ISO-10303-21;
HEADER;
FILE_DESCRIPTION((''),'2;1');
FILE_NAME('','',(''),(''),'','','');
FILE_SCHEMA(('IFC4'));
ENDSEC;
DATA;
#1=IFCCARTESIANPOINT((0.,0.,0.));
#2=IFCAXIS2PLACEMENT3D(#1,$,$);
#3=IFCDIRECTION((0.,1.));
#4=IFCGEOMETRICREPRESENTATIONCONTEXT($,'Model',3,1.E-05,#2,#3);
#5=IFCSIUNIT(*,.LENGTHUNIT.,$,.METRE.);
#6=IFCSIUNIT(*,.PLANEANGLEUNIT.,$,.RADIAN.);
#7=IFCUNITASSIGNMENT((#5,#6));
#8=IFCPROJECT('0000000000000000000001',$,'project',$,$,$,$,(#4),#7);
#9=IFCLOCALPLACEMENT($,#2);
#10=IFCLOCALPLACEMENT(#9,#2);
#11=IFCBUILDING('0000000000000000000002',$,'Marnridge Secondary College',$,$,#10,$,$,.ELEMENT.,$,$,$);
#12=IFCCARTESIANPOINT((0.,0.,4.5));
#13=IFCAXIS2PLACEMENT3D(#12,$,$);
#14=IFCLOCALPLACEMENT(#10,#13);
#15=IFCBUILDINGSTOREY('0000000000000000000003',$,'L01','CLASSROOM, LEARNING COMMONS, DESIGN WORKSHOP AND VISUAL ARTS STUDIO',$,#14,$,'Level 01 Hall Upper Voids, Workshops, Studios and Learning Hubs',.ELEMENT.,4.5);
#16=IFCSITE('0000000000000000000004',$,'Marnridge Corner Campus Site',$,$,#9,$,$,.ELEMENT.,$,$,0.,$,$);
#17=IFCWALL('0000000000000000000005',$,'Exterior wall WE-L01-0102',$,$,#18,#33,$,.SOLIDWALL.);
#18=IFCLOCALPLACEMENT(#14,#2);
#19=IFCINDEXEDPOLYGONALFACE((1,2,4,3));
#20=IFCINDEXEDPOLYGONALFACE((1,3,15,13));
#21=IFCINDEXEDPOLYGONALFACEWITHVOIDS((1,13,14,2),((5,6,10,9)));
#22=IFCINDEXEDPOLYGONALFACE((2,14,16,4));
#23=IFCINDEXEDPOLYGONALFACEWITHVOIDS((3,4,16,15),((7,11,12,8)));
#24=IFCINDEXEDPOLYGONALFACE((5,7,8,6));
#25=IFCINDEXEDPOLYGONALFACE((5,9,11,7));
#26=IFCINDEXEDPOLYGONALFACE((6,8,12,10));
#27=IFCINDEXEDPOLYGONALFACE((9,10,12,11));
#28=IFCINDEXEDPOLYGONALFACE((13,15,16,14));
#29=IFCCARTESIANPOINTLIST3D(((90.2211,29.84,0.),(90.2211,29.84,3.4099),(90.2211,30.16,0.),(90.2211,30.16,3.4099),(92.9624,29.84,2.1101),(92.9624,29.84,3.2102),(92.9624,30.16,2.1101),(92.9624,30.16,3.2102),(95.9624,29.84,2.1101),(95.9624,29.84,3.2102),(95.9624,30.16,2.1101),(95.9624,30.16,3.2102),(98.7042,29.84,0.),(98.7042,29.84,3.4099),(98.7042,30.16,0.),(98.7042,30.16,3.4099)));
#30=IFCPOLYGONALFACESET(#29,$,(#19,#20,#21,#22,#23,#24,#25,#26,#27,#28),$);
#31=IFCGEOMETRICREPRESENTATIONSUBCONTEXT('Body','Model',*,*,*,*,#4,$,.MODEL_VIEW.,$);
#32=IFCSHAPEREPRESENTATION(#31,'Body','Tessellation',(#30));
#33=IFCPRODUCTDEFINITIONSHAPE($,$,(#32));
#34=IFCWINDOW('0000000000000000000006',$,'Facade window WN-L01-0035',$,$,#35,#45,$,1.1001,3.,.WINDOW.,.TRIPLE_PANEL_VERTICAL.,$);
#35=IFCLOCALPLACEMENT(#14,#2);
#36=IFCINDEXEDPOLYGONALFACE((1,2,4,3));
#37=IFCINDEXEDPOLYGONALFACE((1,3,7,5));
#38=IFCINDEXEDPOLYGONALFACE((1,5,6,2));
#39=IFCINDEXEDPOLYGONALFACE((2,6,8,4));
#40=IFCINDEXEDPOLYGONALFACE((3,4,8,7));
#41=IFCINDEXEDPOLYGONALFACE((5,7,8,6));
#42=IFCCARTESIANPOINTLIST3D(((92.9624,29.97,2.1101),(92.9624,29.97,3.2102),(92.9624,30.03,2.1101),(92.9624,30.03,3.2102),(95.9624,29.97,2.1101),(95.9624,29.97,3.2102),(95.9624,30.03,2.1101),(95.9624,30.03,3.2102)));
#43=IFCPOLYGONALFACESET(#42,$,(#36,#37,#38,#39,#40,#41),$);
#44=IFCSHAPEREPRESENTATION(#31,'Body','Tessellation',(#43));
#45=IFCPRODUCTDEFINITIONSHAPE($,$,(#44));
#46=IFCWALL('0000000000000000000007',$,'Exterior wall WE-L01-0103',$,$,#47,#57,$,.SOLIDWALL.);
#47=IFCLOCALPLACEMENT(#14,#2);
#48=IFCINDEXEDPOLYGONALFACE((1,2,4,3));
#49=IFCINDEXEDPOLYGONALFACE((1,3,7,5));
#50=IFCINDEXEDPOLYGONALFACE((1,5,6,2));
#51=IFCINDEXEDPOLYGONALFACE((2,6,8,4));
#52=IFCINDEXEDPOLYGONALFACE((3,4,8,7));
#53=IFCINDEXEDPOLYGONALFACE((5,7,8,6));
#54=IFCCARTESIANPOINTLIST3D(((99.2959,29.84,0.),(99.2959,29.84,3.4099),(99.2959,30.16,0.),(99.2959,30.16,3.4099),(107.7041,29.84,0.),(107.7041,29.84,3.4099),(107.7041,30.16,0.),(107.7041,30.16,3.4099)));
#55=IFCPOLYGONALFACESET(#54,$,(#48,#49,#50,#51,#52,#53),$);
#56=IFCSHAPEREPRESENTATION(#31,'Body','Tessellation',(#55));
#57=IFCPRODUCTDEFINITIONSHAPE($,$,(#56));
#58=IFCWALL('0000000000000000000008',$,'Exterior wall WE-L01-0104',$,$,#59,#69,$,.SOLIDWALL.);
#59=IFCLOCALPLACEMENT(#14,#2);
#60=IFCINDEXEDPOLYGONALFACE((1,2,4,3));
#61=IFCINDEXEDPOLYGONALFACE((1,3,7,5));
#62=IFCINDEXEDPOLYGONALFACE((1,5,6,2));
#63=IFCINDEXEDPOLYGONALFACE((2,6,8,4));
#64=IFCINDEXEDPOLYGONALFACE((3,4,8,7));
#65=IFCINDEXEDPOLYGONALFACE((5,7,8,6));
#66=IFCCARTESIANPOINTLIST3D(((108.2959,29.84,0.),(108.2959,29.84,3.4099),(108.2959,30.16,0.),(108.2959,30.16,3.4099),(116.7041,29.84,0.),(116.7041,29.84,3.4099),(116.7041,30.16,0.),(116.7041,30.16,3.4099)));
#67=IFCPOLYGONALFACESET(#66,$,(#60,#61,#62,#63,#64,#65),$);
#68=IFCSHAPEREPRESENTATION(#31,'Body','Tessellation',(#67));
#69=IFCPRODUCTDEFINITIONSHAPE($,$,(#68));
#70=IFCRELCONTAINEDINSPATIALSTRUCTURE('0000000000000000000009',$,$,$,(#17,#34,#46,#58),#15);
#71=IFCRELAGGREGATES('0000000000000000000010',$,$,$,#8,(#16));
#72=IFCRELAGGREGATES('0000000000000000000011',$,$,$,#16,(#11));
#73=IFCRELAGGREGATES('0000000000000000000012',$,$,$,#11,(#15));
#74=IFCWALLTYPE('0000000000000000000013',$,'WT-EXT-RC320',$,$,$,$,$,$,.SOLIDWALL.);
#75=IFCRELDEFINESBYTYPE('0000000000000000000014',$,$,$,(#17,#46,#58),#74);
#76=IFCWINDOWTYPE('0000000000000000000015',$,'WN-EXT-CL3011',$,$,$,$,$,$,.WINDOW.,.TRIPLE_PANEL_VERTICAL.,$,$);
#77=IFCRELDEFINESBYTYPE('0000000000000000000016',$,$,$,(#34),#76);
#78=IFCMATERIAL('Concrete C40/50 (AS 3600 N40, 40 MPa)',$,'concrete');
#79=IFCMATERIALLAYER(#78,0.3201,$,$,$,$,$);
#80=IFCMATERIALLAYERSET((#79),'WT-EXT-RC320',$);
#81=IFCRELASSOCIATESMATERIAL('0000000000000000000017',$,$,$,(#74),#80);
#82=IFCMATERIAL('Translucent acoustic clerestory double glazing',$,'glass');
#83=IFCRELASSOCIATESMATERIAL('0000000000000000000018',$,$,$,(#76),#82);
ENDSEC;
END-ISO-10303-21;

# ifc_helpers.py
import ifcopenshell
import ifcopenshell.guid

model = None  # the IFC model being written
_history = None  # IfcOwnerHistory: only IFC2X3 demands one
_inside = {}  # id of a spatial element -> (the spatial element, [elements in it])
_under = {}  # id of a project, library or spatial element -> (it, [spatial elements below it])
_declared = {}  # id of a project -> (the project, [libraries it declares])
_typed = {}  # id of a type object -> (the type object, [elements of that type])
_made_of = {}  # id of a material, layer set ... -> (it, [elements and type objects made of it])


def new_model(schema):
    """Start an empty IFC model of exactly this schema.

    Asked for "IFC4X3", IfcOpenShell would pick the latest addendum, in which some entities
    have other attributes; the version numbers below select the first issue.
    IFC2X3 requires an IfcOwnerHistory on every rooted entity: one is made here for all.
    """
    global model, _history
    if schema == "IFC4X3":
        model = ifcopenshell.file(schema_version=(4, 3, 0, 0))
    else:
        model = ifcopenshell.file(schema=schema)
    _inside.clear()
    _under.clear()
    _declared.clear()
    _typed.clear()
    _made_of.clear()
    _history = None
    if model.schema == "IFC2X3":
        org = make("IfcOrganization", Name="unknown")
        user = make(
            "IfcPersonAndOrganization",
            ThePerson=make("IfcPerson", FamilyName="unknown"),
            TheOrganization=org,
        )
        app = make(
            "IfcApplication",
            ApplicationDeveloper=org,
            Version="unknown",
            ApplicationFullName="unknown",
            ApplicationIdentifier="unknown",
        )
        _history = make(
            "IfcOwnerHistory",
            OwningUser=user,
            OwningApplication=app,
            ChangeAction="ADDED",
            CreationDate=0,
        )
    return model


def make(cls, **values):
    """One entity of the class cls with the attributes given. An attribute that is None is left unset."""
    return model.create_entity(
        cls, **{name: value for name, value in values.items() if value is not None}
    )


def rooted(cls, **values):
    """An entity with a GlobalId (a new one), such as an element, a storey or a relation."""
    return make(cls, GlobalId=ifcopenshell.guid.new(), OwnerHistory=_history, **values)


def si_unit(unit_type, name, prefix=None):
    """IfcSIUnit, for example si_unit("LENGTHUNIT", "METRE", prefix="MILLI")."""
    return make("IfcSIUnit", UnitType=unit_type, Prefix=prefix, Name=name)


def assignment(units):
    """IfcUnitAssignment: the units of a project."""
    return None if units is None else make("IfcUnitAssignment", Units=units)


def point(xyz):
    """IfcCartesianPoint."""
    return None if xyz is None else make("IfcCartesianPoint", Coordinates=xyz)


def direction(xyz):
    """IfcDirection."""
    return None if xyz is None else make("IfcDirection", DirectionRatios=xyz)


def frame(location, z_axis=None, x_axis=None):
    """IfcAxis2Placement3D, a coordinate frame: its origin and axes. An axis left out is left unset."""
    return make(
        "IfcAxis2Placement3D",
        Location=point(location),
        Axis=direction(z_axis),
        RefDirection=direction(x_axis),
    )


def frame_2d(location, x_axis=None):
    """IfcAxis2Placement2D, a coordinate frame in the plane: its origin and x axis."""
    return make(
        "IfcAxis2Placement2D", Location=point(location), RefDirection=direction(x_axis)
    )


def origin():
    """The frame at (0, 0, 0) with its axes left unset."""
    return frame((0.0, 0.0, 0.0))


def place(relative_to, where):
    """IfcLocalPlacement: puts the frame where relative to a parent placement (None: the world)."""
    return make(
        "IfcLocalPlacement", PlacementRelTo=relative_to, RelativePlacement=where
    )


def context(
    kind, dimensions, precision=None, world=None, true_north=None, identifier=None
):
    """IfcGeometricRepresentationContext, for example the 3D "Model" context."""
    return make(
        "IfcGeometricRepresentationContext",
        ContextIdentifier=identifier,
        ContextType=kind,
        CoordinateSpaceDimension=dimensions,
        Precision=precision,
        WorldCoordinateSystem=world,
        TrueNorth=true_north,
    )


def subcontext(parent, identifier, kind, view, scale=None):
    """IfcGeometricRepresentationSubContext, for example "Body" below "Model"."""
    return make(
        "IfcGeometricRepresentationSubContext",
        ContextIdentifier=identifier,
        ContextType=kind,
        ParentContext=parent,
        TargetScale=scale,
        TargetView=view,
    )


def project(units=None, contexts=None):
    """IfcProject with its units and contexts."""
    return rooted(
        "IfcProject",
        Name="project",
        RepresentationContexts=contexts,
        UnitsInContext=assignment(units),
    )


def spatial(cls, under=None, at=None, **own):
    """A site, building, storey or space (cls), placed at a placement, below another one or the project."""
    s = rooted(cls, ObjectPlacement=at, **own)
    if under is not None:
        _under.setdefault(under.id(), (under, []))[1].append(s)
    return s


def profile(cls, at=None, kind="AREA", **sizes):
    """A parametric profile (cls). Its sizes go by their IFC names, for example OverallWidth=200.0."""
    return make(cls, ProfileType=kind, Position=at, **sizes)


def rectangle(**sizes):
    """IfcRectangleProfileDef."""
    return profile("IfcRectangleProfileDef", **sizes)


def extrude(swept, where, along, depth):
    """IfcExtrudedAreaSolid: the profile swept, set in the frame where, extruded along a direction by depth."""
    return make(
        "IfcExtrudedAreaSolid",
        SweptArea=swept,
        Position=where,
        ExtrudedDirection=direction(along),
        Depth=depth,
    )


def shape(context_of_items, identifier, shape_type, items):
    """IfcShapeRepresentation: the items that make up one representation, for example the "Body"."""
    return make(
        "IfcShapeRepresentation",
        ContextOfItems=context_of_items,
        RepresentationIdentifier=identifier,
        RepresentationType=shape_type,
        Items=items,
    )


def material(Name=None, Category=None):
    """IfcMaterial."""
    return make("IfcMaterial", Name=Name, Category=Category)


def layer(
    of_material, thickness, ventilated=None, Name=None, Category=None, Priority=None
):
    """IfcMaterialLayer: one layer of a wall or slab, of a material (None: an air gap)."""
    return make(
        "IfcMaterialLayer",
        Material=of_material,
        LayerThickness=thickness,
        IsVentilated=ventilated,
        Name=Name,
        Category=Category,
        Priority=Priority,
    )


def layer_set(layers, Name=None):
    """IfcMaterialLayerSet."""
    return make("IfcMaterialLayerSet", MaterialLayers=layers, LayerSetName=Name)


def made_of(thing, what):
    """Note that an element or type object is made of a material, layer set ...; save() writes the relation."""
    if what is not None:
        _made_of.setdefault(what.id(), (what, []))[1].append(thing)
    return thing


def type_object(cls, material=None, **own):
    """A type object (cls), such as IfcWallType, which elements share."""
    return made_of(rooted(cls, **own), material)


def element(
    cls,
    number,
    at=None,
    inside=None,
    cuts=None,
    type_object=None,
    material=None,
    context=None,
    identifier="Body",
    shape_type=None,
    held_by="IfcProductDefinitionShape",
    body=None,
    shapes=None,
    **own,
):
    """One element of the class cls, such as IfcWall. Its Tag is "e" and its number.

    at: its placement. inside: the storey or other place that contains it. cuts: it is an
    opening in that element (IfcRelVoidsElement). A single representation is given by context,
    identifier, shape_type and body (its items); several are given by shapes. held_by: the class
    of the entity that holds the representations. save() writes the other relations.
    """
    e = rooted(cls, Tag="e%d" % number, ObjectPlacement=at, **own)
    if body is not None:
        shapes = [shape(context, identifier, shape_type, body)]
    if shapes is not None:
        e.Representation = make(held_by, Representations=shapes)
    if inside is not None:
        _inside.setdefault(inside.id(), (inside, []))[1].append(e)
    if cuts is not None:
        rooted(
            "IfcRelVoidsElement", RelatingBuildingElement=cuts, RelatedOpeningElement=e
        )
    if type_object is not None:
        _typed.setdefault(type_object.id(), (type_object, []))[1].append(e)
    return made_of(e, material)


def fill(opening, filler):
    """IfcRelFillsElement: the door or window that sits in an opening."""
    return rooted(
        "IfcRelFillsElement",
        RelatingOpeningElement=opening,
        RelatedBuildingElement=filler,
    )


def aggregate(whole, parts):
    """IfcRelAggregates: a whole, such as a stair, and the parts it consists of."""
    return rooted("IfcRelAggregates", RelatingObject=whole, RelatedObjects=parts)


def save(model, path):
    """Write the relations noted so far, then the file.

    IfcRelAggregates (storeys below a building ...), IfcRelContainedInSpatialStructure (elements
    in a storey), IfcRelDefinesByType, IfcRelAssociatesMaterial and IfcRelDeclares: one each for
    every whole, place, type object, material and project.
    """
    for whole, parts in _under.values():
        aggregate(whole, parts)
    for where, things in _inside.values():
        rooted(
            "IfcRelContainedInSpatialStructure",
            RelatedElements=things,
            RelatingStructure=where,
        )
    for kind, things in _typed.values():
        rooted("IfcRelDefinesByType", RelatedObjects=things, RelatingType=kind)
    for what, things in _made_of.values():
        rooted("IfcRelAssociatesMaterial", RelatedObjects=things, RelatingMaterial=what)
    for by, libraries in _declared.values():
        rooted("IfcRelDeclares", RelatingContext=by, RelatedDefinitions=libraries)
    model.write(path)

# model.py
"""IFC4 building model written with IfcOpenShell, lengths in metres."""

from ifc_helpers import new_model, si_unit, direction, frame, frame_2d, origin, place, context, subcontext, project, spatial, rectangle, extrude, material, layer, layer_set, type_object, element, fill, save


model = new_model("IFC4")

# Units and contexts
model_context = context("Model", 3, precision=1e-05, world=origin(), true_north=direction((0.0, 1.0)))
body_context = subcontext(model_context, "Body", "Model", "MODEL_VIEW")
ifc_project = project(units=[si_unit("LENGTHUNIT", "METRE"), si_unit("PLANEANGLEUNIT", "RADIAN")], contexts=[model_context])

# Site, building, storey
site_placement = place(None, origin())
site = spatial("IfcSite", under=ifc_project, at=site_placement, Name="Marnridge Corner Campus Site", CompositionType="ELEMENT", RefElevation=0.0)
building_placement = place(site_placement, origin())
building = spatial("IfcBuilding", under=site, at=building_placement, Name="Marnridge Secondary College", CompositionType="ELEMENT")
storey_placement = place(building_placement, frame((0.0, 0.0, 4.5)))
storey = spatial("IfcBuildingStorey", under=building, at=storey_placement, Name="L01", Description="CLASSROOM, LEARNING COMMONS, DESIGN WORKSHOP AND VISUAL ARTS STUDIO", LongName="Level 01 Hall Upper Voids, Workshops, Studios and Learning Hubs", CompositionType="ELEMENT", Elevation=4.5)

# Wall, opening, window
ifc_material_1 = material(Name="Concrete C40/50 (AS 3600 N40, 40 MPa)", Category="concrete")
ifc_layer = layer(ifc_material_1, 0.3201)
ifc_layer_set = layer_set([ifc_layer], Name="WT-EXT-RC320")
wall_type = type_object("IfcWallType", Name="WT-EXT-RC320", PredefinedType="SOLIDWALL", material=ifc_layer_set)
ifc_material_2 = material(Name="Translucent acoustic clerestory double glazing", Category="glass")
window_type = type_object("IfcWindowType", Name="WN-EXT-CL3011", PartitioningType="TRIPLE_PANEL_VERTICAL", PredefinedType="WINDOW", material=ifc_material_2)
wall_1_placement = place(storey_placement, frame((90.2209, 30.0, 0.0), z_axis=(0.0, 0.0, 1.0), x_axis=(1.0, 0.0, 0.0)))
wall_1 = element("IfcWall", 1, at=wall_1_placement, inside=storey, type_object=wall_type, Name="Exterior wall WE-L01-0102", PredefinedType="SOLIDWALL", context=body_context, shape_type="SweptSolid", body=[
    extrude(rectangle(XDim=8.4832, YDim=0.3201, at=frame_2d((4.2417, 0.0))), origin(), (0.0, 0.0, 1.0), 3.4099),
])
opening_1_placement = place(wall_1_placement, frame((2.7415, 0.0, 2.1101)))
opening_1 = element("IfcOpeningElement", 2, at=opening_1_placement, cuts=wall_1, PredefinedType="OPENING", context=body_context, shape_type="SweptSolid", body=[
    extrude(rectangle(XDim=3.0, YDim=1.1001, at=frame_2d((1.5, 0.55))), frame((0.0, 0.1699, 0.0), z_axis=(0.0, -1.0, 0.0), x_axis=(1.0, 0.0, 0.0)), (0.0, 0.0, 1.0), 0.3401),
])
window_1_placement = place(opening_1_placement, origin())
window_1 = element("IfcWindow", 3, at=window_1_placement, inside=storey, type_object=window_type, Name="Facade window WN-L01-0035", OverallHeight=1.1001, OverallWidth=3.0, PartitioningType="TRIPLE_PANEL_VERTICAL", PredefinedType="WINDOW", context=body_context, shape_type="SweptSolid", body=[
    extrude(rectangle(XDim=3.0, YDim=1.1001, at=frame_2d((1.5, 0.55))), frame((0.0, 0.03, 0.0), z_axis=(0.0, -1.0, 0.0), x_axis=(1.0, 0.0, 0.0)), (0.0, 0.0, 1.0), 0.0601),
])
fill(opening_1, window_1)

# Walls
for number, where, z_axis, x_axis, name in (
    (4, (99.2959, 30.0, 0.0), (0.0, 0.0, 1.0), (1.0, 0.0, 0.0), "Exterior wall WE-L01-0103"),
    (5, (108.2959, 30.0, 0.0), (0.0, 0.0, 1.0), (1.0, 0.0, 0.0), "Exterior wall WE-L01-0104"),
):
    element("IfcWall", number, at=place(storey_placement, frame(where, z_axis=z_axis, x_axis=x_axis)), inside=storey, type_object=wall_type, Name=name, PredefinedType="SOLIDWALL", context=body_context, shape_type="SweptSolid", body=[
        extrude(rectangle(XDim=8.4082, YDim=0.3201, at=frame_2d((4.2041, 0.0))), origin(), (0.0, 0.0, 1.0), 3.4099),
    ])

save(model, "model.ifc")
